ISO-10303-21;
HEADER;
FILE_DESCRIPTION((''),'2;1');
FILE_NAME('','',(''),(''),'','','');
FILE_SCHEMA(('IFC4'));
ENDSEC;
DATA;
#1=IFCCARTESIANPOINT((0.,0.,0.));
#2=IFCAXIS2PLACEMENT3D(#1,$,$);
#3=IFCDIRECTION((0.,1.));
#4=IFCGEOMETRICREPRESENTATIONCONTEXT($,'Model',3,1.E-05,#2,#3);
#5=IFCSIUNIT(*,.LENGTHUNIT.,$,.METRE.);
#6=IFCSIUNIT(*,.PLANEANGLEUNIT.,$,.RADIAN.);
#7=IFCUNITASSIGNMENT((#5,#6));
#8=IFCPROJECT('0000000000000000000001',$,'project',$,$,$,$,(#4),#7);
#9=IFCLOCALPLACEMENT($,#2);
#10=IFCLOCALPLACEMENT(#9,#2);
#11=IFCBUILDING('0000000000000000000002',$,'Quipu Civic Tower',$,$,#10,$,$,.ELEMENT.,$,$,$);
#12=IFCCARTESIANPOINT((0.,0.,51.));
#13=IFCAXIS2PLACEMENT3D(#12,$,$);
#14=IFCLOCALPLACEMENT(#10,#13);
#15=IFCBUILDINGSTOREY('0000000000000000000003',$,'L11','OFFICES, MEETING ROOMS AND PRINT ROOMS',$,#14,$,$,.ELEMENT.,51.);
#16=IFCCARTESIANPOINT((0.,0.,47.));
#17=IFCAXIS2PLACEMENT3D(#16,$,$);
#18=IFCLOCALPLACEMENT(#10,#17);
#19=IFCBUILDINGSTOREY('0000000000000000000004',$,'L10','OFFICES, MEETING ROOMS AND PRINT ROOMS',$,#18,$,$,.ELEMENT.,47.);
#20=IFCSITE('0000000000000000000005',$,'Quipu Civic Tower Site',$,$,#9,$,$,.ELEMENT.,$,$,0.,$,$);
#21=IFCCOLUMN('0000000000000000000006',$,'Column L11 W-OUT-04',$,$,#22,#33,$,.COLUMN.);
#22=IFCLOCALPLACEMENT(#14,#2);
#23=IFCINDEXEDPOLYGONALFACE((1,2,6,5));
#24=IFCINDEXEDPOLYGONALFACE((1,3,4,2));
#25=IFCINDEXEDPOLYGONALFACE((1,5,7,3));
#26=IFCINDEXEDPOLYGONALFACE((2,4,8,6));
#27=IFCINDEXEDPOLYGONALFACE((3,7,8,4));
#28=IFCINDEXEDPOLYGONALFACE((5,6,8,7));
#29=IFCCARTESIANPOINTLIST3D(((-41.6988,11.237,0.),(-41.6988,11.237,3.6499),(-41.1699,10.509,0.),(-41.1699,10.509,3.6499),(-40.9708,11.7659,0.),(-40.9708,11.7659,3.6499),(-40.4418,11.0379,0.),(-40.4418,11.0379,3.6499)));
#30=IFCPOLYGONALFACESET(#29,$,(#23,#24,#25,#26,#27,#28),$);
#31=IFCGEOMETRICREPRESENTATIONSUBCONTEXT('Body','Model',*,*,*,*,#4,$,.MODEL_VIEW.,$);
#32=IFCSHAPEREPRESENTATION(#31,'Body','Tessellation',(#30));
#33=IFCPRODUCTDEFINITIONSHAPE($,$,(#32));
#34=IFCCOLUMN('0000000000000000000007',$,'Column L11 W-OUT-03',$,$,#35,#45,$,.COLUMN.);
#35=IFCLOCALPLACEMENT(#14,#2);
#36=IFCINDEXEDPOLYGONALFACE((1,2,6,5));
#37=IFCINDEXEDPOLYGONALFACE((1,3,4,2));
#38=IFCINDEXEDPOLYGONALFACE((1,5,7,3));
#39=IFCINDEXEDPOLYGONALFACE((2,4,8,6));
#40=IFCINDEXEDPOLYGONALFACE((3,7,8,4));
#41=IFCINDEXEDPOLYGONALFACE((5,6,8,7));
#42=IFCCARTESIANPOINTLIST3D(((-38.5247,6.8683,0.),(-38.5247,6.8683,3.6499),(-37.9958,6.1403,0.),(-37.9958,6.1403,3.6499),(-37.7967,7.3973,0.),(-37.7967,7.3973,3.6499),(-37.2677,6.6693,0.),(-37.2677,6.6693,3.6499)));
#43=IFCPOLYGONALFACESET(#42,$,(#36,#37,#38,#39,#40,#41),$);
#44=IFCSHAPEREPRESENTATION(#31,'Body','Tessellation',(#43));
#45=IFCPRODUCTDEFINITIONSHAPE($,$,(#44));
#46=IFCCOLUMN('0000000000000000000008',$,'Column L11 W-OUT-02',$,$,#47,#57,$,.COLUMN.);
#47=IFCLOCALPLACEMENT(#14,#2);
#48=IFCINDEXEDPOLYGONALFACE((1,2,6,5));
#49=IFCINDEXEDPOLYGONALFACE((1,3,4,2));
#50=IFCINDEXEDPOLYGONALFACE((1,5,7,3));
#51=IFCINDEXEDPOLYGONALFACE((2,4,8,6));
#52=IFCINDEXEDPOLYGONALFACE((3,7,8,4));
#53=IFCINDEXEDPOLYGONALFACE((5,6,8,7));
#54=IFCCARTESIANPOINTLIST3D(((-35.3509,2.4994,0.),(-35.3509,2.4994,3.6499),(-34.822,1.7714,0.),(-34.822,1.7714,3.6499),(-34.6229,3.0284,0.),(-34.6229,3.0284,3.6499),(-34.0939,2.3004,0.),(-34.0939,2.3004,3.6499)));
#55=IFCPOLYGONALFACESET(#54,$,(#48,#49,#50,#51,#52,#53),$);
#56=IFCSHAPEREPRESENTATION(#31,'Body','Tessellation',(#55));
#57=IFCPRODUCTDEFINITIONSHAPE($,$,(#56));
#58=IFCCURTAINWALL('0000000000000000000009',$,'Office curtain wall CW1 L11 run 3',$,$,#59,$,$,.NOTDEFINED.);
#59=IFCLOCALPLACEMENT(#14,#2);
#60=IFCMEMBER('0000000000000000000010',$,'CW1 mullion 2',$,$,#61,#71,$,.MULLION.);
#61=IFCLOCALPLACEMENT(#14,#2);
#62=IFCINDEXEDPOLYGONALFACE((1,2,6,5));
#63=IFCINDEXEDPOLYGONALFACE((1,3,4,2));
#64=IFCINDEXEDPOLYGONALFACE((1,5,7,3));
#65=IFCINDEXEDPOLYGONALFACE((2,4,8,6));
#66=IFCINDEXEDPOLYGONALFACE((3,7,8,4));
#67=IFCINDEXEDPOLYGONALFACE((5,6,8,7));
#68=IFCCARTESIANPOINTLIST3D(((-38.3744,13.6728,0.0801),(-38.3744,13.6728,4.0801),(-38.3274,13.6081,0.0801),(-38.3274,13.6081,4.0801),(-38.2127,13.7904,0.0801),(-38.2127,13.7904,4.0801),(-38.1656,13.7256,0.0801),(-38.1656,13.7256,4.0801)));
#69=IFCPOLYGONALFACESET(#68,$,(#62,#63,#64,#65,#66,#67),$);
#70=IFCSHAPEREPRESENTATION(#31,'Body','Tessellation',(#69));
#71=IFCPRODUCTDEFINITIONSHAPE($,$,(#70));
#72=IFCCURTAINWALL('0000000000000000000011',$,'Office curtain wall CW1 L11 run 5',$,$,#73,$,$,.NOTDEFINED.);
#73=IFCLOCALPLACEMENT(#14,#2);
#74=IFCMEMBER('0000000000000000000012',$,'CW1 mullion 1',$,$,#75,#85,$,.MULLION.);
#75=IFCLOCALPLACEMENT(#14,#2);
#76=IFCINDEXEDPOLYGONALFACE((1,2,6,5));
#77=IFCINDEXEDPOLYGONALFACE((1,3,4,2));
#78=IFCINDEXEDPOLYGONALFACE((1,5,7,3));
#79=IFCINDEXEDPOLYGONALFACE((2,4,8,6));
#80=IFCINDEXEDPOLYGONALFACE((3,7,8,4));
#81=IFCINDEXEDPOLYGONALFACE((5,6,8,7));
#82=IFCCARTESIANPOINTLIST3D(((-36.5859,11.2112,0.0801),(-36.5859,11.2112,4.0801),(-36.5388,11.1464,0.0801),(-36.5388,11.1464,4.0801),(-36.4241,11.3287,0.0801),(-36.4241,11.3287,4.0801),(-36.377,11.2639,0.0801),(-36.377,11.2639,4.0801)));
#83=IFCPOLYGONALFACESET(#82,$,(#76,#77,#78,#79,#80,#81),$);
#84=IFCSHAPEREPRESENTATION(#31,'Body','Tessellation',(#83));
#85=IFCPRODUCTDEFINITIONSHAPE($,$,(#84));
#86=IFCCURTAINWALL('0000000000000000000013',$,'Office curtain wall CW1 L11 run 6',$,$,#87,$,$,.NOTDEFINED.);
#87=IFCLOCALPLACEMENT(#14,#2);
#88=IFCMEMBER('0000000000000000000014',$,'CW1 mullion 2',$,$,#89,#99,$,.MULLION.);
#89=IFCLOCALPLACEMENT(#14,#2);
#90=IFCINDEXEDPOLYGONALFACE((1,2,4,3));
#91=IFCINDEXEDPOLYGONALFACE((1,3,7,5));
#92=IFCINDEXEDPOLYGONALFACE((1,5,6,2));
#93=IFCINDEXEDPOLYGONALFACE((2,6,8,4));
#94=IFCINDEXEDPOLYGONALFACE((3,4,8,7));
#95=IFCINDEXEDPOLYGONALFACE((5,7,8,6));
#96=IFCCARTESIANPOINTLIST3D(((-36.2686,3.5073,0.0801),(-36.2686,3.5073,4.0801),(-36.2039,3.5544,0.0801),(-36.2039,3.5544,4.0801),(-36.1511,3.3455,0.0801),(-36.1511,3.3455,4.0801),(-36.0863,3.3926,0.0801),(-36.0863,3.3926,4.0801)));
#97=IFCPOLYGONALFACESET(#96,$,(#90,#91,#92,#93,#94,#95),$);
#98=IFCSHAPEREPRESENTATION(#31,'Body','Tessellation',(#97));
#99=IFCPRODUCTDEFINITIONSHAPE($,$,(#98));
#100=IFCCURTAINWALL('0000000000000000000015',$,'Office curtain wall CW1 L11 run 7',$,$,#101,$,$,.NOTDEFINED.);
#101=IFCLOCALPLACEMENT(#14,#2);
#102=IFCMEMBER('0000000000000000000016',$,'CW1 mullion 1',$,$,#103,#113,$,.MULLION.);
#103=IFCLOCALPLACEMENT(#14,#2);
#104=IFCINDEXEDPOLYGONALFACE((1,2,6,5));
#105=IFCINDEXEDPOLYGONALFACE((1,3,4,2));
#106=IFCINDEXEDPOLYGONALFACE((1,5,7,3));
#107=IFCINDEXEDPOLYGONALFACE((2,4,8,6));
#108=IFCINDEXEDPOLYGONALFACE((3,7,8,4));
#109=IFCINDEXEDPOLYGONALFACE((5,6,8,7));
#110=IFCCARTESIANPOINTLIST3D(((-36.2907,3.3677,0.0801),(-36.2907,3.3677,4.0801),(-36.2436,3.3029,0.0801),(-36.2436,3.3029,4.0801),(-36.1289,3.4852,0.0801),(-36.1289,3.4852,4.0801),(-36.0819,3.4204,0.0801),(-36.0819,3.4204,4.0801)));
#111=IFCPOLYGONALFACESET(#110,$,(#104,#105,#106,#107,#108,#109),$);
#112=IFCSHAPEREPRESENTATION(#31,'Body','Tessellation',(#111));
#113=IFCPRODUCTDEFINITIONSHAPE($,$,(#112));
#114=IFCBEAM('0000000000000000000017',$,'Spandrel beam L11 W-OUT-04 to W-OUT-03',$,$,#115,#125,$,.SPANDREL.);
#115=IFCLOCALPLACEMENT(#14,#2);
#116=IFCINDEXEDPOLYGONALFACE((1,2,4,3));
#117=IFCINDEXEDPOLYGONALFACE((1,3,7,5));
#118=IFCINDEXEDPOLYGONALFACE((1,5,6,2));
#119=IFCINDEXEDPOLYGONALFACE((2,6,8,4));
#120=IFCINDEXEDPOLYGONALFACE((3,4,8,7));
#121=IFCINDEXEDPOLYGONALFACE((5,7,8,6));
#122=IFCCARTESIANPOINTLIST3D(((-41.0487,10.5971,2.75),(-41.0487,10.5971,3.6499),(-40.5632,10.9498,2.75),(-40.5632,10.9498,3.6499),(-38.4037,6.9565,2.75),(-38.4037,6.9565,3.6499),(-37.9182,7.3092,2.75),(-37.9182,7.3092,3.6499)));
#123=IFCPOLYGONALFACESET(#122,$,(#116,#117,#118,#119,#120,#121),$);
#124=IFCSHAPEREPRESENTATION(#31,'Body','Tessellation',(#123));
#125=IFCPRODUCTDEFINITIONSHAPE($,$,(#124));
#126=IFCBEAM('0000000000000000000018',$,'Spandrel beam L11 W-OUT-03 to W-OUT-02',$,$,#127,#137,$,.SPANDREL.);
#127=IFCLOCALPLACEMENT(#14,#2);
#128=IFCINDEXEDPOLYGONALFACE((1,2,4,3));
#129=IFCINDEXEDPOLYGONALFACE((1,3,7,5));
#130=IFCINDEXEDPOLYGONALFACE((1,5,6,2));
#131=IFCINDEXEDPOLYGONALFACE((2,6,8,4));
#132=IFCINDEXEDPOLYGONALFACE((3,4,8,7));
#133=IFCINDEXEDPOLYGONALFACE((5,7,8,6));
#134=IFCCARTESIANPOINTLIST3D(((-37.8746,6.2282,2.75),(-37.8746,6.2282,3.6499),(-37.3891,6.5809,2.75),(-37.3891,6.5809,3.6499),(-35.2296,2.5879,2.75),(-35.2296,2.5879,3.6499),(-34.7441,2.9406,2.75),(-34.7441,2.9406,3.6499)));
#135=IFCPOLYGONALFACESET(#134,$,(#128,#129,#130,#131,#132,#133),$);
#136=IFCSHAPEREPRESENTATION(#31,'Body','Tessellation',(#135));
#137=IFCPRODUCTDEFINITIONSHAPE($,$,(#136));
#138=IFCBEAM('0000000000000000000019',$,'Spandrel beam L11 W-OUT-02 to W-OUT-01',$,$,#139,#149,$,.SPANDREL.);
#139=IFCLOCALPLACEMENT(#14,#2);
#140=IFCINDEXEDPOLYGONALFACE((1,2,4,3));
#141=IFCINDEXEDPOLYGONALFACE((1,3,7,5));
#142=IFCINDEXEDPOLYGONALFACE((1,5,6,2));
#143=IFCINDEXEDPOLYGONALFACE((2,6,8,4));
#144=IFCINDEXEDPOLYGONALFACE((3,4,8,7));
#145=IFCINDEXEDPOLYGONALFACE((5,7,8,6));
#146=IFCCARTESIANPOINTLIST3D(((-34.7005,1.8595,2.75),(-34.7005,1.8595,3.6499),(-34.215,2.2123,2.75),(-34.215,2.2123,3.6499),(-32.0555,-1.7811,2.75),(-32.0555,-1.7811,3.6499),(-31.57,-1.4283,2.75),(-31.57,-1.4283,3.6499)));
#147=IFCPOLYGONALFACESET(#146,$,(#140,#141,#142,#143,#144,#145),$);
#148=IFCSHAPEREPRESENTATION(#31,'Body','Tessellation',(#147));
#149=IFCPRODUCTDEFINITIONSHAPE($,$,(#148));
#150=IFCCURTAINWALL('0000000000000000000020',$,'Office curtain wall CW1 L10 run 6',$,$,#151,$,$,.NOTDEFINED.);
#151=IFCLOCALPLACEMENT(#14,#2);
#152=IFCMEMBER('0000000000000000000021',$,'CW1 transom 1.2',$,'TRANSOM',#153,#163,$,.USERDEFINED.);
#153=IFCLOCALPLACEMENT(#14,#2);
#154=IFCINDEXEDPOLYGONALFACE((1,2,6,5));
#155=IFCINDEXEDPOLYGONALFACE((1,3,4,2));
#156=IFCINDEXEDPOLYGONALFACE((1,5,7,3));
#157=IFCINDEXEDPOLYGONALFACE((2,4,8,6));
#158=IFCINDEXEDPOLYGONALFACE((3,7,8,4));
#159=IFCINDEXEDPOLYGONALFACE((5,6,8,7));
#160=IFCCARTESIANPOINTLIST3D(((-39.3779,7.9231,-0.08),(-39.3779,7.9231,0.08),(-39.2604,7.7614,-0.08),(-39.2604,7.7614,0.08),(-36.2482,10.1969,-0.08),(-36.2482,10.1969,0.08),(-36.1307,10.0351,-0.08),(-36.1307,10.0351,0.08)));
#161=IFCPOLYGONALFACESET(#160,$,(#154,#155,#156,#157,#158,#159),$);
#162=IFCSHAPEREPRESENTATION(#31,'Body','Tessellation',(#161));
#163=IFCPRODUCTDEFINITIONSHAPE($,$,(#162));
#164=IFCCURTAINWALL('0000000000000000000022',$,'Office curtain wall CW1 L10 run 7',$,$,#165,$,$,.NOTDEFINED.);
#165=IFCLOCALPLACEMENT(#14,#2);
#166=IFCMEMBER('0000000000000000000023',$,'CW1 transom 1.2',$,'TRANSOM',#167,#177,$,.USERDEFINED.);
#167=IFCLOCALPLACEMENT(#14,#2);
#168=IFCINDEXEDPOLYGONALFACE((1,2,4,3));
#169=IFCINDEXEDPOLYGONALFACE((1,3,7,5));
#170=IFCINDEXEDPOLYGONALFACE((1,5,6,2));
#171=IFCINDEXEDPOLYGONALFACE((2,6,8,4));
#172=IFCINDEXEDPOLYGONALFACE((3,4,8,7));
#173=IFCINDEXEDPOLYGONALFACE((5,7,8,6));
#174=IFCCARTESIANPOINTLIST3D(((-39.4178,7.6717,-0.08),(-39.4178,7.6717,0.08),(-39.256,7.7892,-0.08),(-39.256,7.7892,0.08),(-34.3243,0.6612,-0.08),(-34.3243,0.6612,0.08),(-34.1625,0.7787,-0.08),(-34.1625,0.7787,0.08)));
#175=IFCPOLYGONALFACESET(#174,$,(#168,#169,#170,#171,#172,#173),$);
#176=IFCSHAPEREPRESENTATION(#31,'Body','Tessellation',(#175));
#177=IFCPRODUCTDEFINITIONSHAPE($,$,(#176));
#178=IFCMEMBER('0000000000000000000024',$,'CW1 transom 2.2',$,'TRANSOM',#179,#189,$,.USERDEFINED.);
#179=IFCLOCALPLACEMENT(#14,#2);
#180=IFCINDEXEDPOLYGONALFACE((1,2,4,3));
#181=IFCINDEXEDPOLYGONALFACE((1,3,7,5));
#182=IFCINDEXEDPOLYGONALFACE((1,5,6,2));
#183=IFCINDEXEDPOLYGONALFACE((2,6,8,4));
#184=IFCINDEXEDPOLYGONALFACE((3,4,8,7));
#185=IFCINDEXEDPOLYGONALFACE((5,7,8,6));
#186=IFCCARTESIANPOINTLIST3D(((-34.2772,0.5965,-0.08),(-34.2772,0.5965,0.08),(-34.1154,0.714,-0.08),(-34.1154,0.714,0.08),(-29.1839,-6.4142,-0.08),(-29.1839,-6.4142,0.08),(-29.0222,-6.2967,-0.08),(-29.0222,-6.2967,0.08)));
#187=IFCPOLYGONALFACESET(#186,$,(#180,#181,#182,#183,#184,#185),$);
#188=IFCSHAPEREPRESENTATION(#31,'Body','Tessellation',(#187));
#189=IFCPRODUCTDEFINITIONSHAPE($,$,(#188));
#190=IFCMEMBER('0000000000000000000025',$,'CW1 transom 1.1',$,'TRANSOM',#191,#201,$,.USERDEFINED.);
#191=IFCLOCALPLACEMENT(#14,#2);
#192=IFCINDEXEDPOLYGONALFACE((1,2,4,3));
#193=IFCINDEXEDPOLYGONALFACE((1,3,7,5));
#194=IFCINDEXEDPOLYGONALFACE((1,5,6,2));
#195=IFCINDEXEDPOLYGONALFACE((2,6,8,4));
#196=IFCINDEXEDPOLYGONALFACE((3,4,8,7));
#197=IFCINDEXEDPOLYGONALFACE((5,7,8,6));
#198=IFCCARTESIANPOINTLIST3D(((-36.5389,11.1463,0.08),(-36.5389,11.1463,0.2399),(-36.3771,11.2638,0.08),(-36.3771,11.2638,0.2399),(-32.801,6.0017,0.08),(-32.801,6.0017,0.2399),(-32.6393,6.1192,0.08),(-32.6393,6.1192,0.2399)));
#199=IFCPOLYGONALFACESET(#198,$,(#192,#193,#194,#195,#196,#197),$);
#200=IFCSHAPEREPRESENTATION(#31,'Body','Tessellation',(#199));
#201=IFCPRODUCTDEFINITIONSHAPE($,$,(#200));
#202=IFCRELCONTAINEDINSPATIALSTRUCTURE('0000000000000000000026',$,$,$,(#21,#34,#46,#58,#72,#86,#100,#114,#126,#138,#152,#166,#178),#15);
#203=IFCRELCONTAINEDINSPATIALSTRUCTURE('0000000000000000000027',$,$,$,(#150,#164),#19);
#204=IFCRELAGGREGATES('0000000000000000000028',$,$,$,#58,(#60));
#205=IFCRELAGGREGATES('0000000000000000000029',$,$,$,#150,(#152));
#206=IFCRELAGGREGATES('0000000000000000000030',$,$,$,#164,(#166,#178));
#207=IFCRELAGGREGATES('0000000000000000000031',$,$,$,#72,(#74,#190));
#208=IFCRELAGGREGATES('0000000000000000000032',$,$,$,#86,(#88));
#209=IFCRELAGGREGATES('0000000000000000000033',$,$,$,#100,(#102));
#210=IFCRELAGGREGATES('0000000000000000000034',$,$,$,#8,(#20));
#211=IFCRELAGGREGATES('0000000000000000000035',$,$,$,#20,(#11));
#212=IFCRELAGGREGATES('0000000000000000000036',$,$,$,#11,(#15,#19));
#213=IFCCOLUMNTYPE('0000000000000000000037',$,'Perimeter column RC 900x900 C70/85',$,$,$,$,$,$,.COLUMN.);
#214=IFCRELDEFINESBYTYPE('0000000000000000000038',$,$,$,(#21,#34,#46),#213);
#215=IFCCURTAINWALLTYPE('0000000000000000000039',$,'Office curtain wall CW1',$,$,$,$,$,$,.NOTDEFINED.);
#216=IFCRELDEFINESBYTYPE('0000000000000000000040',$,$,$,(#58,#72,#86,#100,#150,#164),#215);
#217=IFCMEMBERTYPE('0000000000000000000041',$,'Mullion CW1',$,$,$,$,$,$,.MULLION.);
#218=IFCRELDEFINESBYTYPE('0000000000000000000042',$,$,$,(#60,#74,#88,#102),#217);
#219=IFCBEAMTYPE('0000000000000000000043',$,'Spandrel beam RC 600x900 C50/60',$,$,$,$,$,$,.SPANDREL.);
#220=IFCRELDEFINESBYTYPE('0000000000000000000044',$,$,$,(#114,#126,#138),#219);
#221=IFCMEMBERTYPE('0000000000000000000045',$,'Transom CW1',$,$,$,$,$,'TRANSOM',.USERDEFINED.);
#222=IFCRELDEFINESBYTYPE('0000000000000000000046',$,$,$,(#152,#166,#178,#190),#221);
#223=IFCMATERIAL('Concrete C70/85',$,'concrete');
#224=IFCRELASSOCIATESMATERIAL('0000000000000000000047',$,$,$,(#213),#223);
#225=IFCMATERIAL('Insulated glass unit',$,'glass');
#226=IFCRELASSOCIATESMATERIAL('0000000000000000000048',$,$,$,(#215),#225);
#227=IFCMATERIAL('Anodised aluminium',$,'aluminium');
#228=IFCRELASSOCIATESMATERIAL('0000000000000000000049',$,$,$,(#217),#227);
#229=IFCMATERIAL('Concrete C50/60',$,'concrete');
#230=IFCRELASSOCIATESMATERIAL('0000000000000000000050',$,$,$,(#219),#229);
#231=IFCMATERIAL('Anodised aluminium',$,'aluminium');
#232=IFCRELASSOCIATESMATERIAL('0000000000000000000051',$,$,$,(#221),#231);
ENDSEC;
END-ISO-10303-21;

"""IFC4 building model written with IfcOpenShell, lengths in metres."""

from ifc_helpers import new_model, si_unit, direction, frame, origin, origin_2d, place, context, subcontext, project, spatial, rectangle, extrude, material, material_profile, profile_set, type_object, element, aggregate, save


model = new_model("IFC4")

# Units and contexts
model_context = context("Model", 3, precision=1e-05, world=origin(), true_north=direction((0.0, 1.0)))
body_context = subcontext(model_context, "Body", "Model", "MODEL_VIEW")
ifc_project = project(units=[si_unit("LENGTHUNIT", "METRE"), si_unit("PLANEANGLEUNIT", "RADIAN")], contexts=[model_context])

# Site, building, storey
site_placement = place(None, origin())
site = spatial("IfcSite", under=ifc_project, at=site_placement, Name="Quipu Civic Tower Site", CompositionType="ELEMENT", RefElevation=0.0)
building_placement = place(site_placement, origin())
building = spatial("IfcBuilding", under=site, at=building_placement, Name="Quipu Civic Tower", CompositionType="ELEMENT")
storey_1_placement = place(building_placement, frame((0.0, 0.0, 51.0)))
storey_1 = spatial("IfcBuildingStorey", under=building, at=storey_1_placement, Name="L11", Description="OFFICES, MEETING ROOMS AND PRINT ROOMS", CompositionType="ELEMENT", Elevation=51.0)

# Columns
ifc_material_1 = material(Name="Concrete C70/85", Category="concrete")
ifc_material_profile_1 = material_profile(ifc_material_1, rectangle(XDim=0.8999, YDim=0.8999, at=origin_2d()), Name="RC900x900")
ifc_profile_set_1 = profile_set([ifc_material_profile_1], Name="Concrete C70/85")
column_type = type_object("IfcColumnType", Name="Perimeter column RC 900x900 C70/85", PredefinedType="COLUMN", material=ifc_profile_set_1)
for number, where, z_axis, x_axis, name in (
    (1, (-41.0703, 11.1375, 0.0), (0.0, 0.0, 1.0), (0.587785, -0.809017, 0.0), "Column L11 W-OUT-04"),
    (2, (-37.8962, 6.7688, 0.0), (0.0, 0.0, 1.0), (0.587785, -0.809017, 0.0), "Column L11 W-OUT-03"),
    (3, (-34.7224, 2.3999, 0.0), (0.0, 0.0, 1.0), (0.587785, -0.809017, 0.0), "Column L11 W-OUT-02"),
):
    element("IfcColumn", number, at=place(storey_1_placement, frame(where, z_axis=z_axis, x_axis=x_axis)), inside=storey_1, type_object=column_type, Name=name, PredefinedType="COLUMN", context=body_context, shape_type="SweptSolid", body=[
        extrude(rectangle(XDim=0.8999, YDim=0.8999, at=origin_2d()), origin(), (0.0, 0.0, 1.0), 3.6499),
    ])

# Curtain walls, members
ifc_material_2 = material(Name="Insulated glass unit", Category="glass")
curtain_wall_type = type_object("IfcCurtainWallType", Name="Office curtain wall CW1", PredefinedType="NOTDEFINED", material=ifc_material_2)
curtain_wall_1_placement = place(storey_1_placement, origin())
curtain_wall_1 = element("IfcCurtainWall", 4, at=curtain_wall_1_placement, inside=storey_1, type_object=curtain_wall_type, Name="Office curtain wall CW1 L11 run 3", PredefinedType="NOTDEFINED")
ifc_material_3 = material(Name="Anodised aluminium", Category="aluminium")
ifc_material_profile_2 = material_profile(ifc_material_3, rectangle(XDim=0.2, YDim=0.0801, at=origin_2d()), Name="RECT 200x80")
ifc_profile_set_2 = profile_set([ifc_material_profile_2], Name="Anodised aluminium")
member_type_1 = type_object("IfcMemberType", Name="Mullion CW1", PredefinedType="MULLION", material=ifc_profile_set_2)
member_1_placement = place(storey_1_placement, frame((-38.27, 13.6992, 0.0801), z_axis=(0.0, 0.0, 1.0), x_axis=(0.809015, 0.587788, 0.0)))
member_1 = element("IfcMember", 5, at=member_1_placement, type_object=member_type_1, Name="CW1 mullion 2", PredefinedType="MULLION", context=body_context, shape_type="SweptSolid", body=[
    extrude(rectangle(XDim=0.2, YDim=0.0801, at=origin_2d()), origin(), (0.0, 0.0, 1.0), 4.0),
])
aggregate(curtain_wall_1, [member_1])
curtain_wall_2_placement = place(storey_1_placement, origin())
curtain_wall_2 = element("IfcCurtainWall", 6, at=curtain_wall_2_placement, inside=storey_1, type_object=curtain_wall_type, Name="Office curtain wall CW1 L11 run 5", PredefinedType="NOTDEFINED")
member_2_placement = place(storey_1_placement, frame((-36.4814, 11.2375, 0.0801), z_axis=(0.0, 0.0, 1.0), x_axis=(0.809018, 0.587784, 0.0)))
member_2 = element("IfcMember", 7, at=member_2_placement, type_object=member_type_1, Name="CW1 mullion 1", PredefinedType="MULLION", context=body_context, shape_type="SweptSolid", body=[
    extrude(rectangle(XDim=0.2, YDim=0.0801, at=origin_2d()), origin(), (0.0, 0.0, 1.0), 4.0),
])
curtain_wall_3_placement = place(storey_1_placement, origin())
curtain_wall_3 = element("IfcCurtainWall", 8, at=curtain_wall_3_placement, inside=storey_1, type_object=curtain_wall_type, Name="Office curtain wall CW1 L11 run 6", PredefinedType="NOTDEFINED")
member_3_placement = place(storey_1_placement, frame((-36.1775, 3.45, 0.0801), z_axis=(0.0, 0.0, 1.0), x_axis=(0.587772, -0.809027, 0.0)))
member_3 = element("IfcMember", 9, at=member_3_placement, type_object=member_type_1, Name="CW1 mullion 2", PredefinedType="MULLION", context=body_context, shape_type="SweptSolid", body=[
    extrude(rectangle(XDim=0.2, YDim=0.0801, at=origin_2d()), origin(), (0.0, 0.0, 1.0), 4.0),
])
curtain_wall_4_placement = place(storey_1_placement, origin())
curtain_wall_4 = element("IfcCurtainWall", 10, at=curtain_wall_4_placement, inside=storey_1, type_object=curtain_wall_type, Name="Office curtain wall CW1 L11 run 7", PredefinedType="NOTDEFINED")
member_4_placement = place(storey_1_placement, frame((-36.1863, 3.394, 0.0801), z_axis=(0.0, 0.0, 1.0), x_axis=(0.809016, 0.587787, 0.0)))
member_4 = element("IfcMember", 11, at=member_4_placement, type_object=member_type_1, Name="CW1 mullion 1", PredefinedType="MULLION", context=body_context, shape_type="SweptSolid", body=[
    extrude(rectangle(XDim=0.2, YDim=0.0801, at=origin_2d()), origin(), (0.0, 0.0, 1.0), 4.0),
])

# Beams
ifc_material_4 = material(Name="Concrete C50/60", Category="concrete")
ifc_material_profile_3 = material_profile(ifc_material_4, rectangle(XDim=0.6001, YDim=0.8999, at=origin_2d()), Name="RC600x900")
ifc_profile_set_3 = profile_set([ifc_material_profile_3], Name="Concrete C50/60")
beam_type = type_object("IfcBeamType", Name="Spandrel beam RC 600x900 C50/60", PredefinedType="SPANDREL", material=ifc_profile_set_3)
beam_1_placement = place(storey_1_placement, frame((-40.8059, 10.7734, 3.2), z_axis=(0.587778, -0.809022, 0.0), x_axis=(0.809022, 0.587778, 0.0)))
element("IfcBeam", 12, at=beam_1_placement, inside=storey_1, type_object=beam_type, Name="Spandrel beam L11 W-OUT-04 to W-OUT-03", PredefinedType="SPANDREL", context=body_context, shape_type="SweptSolid", body=[
    extrude(rectangle(XDim=0.6001, YDim=0.8999, at=origin_2d()), origin(), (0.0, 0.0, 1.0), 4.5),
])
beam_2_placement = place(storey_1_placement, frame((-37.6318, 6.4045, 3.2), z_axis=(0.587804, -0.809003, 0.0), x_axis=(0.809003, 0.587804, 0.0)))
element("IfcBeam", 13, at=beam_2_placement, inside=storey_1, type_object=beam_type, Name="Spandrel beam L11 W-OUT-03 to W-OUT-02", PredefinedType="SPANDREL", context=body_context, shape_type="SweptSolid", body=[
    extrude(rectangle(XDim=0.6001, YDim=0.8999, at=origin_2d()), origin(), (0.0, 0.0, 1.0), 4.4998),
])
beam_3_placement = place(storey_1_placement, frame((-34.4578, 2.0359, 3.2), z_axis=(0.587778, -0.809022, 0.0), x_axis=(0.809022, 0.587778, 0.0)))
element("IfcBeam", 14, at=beam_3_placement, inside=storey_1, type_object=beam_type, Name="Spandrel beam L11 W-OUT-02 to W-OUT-01", PredefinedType="SPANDREL", context=body_context, shape_type="SweptSolid", body=[
    extrude(rectangle(XDim=0.6001, YDim=0.8999, at=origin_2d()), origin(), (0.0, 0.0, 1.0), 4.5),
])

# Shared definitions
storey_2_placement = place(building_placement, frame((0.0, 0.0, 47.0)))
storey_2 = spatial("IfcBuildingStorey", under=building, at=storey_2_placement, Name="L10", Description="OFFICES, MEETING ROOMS AND PRINT ROOMS", CompositionType="ELEMENT", Elevation=47.0)

# Curtain wall, member
curtain_wall_5_placement = place(storey_2_placement, origin())
curtain_wall_5 = element("IfcCurtainWall", 15, at=curtain_wall_5_placement, inside=storey_2, type_object=curtain_wall_type, Name="Office curtain wall CW1 L10 run 6", PredefinedType="NOTDEFINED")
ifc_material_5 = material(Name="Anodised aluminium", Category="aluminium")
ifc_material_profile_4 = material_profile(ifc_material_5, rectangle(XDim=0.2, YDim=0.1599, at=origin_2d()), Name="RECT 200x160")
ifc_profile_set_4 = profile_set([ifc_material_profile_4], Name="Anodised aluminium")
member_type_2 = type_object("IfcMemberType", Name="Transom CW1", ElementType="TRANSOM", PredefinedType="USERDEFINED", material=ifc_profile_set_4)
member_5_placement = place(storey_1_placement, frame((-36.1895, 10.116, 0.0), z_axis=(-0.809033, -0.587763, 0.0), x_axis=(0.587763, -0.809033, 0.0)))
member_5 = element("IfcMember", 16, at=member_5_placement, inside=storey_1, type_object=member_type_2, Name="CW1 transom 1.2", ObjectType="TRANSOM", PredefinedType="USERDEFINED", context=body_context, shape_type="SweptSolid", body=[
    extrude(rectangle(XDim=0.2, YDim=0.1599, at=origin_2d()), origin(), (0.0, 0.0, 1.0), 3.8684),
])
aggregate(curtain_wall_5, [member_5])

# Curtain wall, members
curtain_wall_6_placement = place(storey_2_placement, origin())
curtain_wall_6 = element("IfcCurtainWall", 17, at=curtain_wall_6_placement, inside=storey_2, type_object=curtain_wall_type, Name="Office curtain wall CW1 L10 run 7", PredefinedType="NOTDEFINED")
member_6_placement = place(storey_1_placement, frame((-39.3369, 7.7305, 0.0), z_axis=(0.587791, -0.809013, 0.0), x_axis=(0.809013, 0.587791, 0.0)))
member_6 = element("IfcMember", 18, at=member_6_placement, inside=storey_1, type_object=member_type_2, Name="CW1 transom 1.2", ObjectType="TRANSOM", PredefinedType="USERDEFINED", context=body_context, shape_type="SweptSolid", body=[
    extrude(rectangle(XDim=0.2, YDim=0.1599, at=origin_2d()), origin(), (0.0, 0.0, 1.0), 8.6655),
])
member_7_placement = place(storey_1_placement, frame((-34.1963, 0.6553, 0.0), z_axis=(0.58776, -0.809036, 0.0), x_axis=(0.809036, 0.58776, 0.0)))
member_7 = element("IfcMember", 19, at=member_7_placement, inside=storey_1, type_object=member_type_2, Name="CW1 transom 2.2", ObjectType="TRANSOM", PredefinedType="USERDEFINED", context=body_context, shape_type="SweptSolid", body=[
    extrude(rectangle(XDim=0.2, YDim=0.1599, at=origin_2d()), origin(), (0.0, 0.0, 1.0), 8.6655),
])
aggregate(curtain_wall_6, [member_6, member_7])

# Member
member_8_placement = place(storey_1_placement, frame((-36.458, 11.2051, 0.1599), z_axis=(0.587793, -0.809012, 0.0), x_axis=(0.809012, 0.587793, 0.0)))
member_8 = element("IfcMember", 20, at=member_8_placement, type_object=member_type_2, Name="CW1 transom 1.1", ObjectType="TRANSOM", PredefinedType="USERDEFINED", context=body_context, shape_type="SweptSolid", body=[
    extrude(rectangle(XDim=0.2, YDim=0.1599, at=origin_2d()), origin(), (0.0, 0.0, 1.0), 6.3591),
])

aggregate(curtain_wall_2, [member_2, member_8])
aggregate(curtain_wall_3, [member_3])
aggregate(curtain_wall_4, [member_4])

save(model, "model.ifc")
